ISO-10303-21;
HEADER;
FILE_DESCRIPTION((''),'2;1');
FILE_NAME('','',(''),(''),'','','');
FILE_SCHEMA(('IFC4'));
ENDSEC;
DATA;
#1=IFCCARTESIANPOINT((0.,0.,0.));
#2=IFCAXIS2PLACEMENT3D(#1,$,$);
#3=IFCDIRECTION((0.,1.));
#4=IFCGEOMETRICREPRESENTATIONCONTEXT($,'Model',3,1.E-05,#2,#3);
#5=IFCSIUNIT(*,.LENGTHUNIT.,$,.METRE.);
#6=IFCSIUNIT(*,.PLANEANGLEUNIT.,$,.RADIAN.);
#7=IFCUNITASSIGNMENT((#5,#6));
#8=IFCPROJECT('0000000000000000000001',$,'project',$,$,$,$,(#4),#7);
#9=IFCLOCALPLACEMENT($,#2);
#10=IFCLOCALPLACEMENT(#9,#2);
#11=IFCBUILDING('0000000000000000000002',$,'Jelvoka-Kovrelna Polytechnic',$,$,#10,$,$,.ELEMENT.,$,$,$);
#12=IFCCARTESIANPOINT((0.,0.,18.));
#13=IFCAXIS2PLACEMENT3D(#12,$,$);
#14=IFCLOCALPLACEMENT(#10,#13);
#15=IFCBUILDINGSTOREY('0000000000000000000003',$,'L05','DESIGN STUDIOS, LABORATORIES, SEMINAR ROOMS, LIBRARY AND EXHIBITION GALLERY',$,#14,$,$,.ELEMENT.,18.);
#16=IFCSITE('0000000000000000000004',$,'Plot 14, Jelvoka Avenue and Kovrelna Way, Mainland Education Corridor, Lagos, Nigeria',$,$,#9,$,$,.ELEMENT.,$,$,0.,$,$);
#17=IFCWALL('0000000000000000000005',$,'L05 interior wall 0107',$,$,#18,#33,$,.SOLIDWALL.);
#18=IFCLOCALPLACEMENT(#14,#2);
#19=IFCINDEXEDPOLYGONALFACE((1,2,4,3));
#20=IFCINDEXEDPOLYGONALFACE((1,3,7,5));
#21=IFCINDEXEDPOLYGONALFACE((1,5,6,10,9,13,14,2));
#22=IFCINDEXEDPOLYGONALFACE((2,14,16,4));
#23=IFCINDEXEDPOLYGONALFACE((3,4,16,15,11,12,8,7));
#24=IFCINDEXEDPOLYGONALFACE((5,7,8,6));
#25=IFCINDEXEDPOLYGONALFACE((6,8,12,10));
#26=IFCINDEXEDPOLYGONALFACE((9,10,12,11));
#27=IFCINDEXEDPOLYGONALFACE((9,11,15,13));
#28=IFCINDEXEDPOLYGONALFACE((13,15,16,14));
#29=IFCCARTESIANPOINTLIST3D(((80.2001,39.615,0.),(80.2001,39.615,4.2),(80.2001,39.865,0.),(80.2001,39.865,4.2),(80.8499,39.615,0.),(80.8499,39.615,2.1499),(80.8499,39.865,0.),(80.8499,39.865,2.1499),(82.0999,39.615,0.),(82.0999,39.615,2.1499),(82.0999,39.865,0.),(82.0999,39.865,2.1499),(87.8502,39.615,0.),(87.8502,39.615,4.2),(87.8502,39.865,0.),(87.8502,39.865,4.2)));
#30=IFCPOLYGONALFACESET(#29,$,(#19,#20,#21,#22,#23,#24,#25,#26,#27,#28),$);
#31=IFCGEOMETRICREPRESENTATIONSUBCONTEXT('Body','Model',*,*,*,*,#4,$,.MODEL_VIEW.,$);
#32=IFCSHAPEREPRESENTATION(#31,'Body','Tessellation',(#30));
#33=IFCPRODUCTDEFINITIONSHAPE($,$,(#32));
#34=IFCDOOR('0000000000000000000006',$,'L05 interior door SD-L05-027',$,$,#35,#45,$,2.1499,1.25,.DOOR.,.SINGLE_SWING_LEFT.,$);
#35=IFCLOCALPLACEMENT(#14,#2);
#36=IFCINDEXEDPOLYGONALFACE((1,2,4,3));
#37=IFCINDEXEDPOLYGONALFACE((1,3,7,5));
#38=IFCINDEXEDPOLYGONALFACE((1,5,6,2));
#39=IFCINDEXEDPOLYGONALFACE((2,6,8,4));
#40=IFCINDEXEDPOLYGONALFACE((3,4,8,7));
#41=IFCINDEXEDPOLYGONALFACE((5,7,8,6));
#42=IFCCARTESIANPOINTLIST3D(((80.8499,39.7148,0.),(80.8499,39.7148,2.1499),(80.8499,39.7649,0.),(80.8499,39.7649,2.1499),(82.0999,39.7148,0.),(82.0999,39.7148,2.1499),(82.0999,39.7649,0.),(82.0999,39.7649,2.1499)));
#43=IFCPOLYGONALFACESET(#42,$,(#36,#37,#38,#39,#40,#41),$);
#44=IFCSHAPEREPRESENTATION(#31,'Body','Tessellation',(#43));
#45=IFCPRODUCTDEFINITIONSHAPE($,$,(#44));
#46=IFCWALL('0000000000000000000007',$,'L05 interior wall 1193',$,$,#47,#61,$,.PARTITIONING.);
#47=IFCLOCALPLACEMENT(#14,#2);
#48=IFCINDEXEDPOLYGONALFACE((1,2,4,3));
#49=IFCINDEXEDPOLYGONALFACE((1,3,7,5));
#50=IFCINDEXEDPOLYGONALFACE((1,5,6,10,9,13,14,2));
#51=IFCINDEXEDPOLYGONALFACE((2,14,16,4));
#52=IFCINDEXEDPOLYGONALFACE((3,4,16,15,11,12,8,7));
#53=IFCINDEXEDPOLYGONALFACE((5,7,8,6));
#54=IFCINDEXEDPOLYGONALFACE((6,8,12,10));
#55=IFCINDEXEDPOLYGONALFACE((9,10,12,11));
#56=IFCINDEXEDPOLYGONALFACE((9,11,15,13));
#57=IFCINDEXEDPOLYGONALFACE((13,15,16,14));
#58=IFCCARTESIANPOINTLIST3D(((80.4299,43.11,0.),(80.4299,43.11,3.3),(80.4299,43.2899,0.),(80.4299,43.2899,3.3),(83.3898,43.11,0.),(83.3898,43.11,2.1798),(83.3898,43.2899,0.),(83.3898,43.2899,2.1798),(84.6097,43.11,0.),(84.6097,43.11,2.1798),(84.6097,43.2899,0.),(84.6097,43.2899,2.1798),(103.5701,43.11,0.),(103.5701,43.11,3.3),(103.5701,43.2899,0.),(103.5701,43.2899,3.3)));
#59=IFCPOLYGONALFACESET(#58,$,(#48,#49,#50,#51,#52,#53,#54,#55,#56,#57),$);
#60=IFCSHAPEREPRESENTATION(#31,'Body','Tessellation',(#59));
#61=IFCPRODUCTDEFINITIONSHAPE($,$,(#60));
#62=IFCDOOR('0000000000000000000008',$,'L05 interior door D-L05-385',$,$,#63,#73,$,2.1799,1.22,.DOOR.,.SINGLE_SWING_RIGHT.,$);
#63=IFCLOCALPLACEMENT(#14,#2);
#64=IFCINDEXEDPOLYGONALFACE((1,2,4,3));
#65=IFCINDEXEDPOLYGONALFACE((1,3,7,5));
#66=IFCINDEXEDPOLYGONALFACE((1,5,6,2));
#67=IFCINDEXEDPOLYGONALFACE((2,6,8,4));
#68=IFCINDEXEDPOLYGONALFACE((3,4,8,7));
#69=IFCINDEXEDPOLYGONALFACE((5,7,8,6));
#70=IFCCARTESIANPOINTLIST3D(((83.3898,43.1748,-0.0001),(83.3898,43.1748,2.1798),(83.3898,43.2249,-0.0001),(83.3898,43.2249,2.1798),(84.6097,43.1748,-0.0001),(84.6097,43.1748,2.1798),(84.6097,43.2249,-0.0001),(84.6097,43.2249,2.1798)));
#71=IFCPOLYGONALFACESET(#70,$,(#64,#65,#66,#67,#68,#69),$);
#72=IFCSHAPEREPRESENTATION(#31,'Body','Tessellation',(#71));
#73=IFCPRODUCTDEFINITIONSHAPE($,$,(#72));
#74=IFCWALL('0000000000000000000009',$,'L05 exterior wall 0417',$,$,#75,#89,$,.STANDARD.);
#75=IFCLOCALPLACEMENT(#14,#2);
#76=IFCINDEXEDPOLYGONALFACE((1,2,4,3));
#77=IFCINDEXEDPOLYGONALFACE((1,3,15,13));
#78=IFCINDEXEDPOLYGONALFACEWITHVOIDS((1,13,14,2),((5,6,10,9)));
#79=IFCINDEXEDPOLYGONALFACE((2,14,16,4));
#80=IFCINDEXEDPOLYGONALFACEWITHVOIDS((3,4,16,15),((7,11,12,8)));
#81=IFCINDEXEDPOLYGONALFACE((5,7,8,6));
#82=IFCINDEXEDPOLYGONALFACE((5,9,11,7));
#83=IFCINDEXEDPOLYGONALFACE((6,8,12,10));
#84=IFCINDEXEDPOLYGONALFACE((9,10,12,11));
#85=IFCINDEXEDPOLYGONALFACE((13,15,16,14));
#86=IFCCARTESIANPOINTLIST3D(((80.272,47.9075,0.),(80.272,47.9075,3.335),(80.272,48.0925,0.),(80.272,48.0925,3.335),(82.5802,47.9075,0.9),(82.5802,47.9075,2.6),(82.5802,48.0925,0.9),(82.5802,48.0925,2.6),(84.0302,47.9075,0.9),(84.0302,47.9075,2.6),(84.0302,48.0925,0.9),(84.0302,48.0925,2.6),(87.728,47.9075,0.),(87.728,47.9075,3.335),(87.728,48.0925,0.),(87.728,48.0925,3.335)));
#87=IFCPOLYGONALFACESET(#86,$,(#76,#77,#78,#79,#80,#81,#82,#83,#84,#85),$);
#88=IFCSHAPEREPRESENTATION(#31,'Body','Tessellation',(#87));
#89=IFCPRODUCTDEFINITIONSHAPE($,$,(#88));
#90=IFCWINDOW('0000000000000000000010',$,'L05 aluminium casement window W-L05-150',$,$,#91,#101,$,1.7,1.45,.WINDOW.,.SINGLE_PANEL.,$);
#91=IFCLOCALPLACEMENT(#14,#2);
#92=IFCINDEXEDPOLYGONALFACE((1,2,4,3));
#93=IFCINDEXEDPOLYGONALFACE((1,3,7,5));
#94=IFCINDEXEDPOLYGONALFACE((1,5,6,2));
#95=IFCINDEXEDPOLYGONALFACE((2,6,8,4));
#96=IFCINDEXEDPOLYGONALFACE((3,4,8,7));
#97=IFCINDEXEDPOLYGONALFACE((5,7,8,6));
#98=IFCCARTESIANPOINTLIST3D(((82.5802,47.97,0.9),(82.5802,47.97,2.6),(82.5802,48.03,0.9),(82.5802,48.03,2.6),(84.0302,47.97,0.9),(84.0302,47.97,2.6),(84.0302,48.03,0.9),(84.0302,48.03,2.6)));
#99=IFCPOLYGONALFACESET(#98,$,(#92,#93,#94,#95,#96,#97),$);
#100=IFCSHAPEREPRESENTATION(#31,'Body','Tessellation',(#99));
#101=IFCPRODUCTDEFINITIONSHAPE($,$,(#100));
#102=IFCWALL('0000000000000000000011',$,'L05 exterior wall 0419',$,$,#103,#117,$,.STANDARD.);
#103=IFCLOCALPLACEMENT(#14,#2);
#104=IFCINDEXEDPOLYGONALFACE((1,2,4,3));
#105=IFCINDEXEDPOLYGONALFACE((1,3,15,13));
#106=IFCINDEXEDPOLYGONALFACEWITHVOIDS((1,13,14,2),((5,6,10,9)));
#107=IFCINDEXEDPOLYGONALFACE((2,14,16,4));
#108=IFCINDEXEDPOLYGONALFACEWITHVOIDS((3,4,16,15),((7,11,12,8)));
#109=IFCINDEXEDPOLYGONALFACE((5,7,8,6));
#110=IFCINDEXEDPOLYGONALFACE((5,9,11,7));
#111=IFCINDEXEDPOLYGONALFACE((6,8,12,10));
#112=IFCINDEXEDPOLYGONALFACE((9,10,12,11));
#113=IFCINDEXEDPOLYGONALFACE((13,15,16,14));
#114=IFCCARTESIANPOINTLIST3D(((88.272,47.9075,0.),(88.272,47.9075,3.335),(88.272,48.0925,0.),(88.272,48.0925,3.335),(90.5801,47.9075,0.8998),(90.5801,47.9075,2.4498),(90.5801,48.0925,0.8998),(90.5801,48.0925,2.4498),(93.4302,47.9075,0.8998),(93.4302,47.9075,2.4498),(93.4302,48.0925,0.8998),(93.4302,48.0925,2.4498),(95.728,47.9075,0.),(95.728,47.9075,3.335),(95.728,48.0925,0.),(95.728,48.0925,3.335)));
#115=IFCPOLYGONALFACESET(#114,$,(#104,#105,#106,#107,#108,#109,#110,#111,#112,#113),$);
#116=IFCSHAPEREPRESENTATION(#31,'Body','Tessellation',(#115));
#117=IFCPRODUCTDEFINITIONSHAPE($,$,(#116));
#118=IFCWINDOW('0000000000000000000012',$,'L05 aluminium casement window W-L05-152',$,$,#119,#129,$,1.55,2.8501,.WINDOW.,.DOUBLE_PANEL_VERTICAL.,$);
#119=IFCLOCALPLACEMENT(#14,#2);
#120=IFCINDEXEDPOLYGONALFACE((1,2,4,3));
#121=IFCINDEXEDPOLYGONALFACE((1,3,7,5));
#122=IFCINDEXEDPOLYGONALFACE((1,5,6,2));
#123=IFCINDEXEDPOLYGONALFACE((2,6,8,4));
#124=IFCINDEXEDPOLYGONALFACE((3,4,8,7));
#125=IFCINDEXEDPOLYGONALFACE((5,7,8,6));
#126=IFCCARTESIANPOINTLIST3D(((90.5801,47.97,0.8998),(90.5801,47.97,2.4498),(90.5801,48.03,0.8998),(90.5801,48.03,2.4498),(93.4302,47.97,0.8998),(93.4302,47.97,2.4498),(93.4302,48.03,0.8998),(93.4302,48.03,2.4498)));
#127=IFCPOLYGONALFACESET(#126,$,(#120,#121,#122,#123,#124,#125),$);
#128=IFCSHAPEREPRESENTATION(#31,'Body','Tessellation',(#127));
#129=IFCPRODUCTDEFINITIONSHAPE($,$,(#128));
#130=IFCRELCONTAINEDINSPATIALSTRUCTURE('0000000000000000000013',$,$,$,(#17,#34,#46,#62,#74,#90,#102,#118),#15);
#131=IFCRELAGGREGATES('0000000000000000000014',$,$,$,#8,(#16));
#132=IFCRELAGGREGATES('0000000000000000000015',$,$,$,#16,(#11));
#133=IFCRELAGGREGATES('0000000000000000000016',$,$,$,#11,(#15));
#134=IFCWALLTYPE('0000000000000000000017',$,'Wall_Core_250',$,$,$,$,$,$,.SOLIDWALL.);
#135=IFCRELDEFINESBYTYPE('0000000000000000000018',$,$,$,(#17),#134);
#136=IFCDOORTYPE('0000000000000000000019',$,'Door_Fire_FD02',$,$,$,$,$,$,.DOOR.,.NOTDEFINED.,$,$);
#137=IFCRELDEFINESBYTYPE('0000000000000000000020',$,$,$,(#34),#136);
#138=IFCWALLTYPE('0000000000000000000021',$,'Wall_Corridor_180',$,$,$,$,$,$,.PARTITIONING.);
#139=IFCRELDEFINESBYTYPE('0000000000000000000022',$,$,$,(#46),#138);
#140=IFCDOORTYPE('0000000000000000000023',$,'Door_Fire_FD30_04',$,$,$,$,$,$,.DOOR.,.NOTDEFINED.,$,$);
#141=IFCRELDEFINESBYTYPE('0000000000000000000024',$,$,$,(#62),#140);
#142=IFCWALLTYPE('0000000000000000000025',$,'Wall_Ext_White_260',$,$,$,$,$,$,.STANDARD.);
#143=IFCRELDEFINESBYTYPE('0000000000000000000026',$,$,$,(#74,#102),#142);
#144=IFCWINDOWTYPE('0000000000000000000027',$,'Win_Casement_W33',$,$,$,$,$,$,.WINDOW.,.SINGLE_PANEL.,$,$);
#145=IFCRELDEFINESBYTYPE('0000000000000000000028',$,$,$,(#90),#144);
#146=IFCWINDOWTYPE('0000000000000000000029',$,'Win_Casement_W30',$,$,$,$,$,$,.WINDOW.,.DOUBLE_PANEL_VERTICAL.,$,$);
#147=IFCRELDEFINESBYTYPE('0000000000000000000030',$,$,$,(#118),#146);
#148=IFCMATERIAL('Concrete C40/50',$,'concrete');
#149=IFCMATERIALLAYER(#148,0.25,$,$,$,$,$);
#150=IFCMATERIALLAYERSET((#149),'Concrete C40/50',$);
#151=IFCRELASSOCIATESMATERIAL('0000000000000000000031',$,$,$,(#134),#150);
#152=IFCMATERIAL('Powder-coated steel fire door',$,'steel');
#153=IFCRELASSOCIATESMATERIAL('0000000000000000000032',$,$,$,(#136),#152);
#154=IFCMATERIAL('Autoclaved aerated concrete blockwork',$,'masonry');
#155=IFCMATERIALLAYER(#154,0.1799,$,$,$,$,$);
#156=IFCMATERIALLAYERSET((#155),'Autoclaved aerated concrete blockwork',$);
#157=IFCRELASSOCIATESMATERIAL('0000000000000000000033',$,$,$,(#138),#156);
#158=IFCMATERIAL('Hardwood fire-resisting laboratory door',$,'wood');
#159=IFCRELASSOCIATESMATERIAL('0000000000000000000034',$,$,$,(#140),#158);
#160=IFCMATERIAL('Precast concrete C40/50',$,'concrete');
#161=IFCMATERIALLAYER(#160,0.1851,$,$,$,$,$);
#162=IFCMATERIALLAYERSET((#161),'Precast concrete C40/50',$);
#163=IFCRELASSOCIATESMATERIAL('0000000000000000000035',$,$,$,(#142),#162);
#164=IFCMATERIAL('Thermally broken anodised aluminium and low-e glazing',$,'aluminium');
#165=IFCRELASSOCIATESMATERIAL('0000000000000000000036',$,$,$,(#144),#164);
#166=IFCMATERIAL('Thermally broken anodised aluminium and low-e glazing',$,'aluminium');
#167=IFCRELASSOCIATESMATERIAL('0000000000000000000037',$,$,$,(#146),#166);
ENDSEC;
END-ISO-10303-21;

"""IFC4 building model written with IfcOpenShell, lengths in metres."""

from ifc_helpers import new_model, si_unit, direction, frame, frame_2d, origin, place, context, subcontext, project, spatial, rectangle, extrude, material, layer, layer_set, type_object, element, fill, save


model = new_model("IFC4")

# Units and contexts
model_context = context("Model", 3, precision=1e-05, world=origin(), true_north=direction((0.0, 1.0)))
body_context = subcontext(model_context, "Body", "Model", "MODEL_VIEW")
ifc_project = project(units=[si_unit("LENGTHUNIT", "METRE"), si_unit("PLANEANGLEUNIT", "RADIAN")], contexts=[model_context])

# Site, building, storey
site_placement = place(None, origin())
site = spatial("IfcSite", under=ifc_project, at=site_placement, Name="Plot 14, Jelvoka Avenue and Kovrelna Way, Mainland Education Corridor, Lagos, Nigeria", CompositionType="ELEMENT", RefElevation=0.0)
building_placement = place(site_placement, origin())
building = spatial("IfcBuilding", under=site, at=building_placement, Name="Jelvoka-Kovrelna Polytechnic", CompositionType="ELEMENT")
storey_placement = place(building_placement, frame((0.0, 0.0, 18.0)))
storey = spatial("IfcBuildingStorey", under=building, at=storey_placement, Name="L05", Description="DESIGN STUDIOS, LABORATORIES, SEMINAR ROOMS, LIBRARY AND EXHIBITION GALLERY", CompositionType="ELEMENT", Elevation=18.0)

# Walls, openings, doors
ifc_material_1 = material(Name="Concrete C40/50", Category="concrete")
ifc_layer_1 = layer(ifc_material_1, 0.25)
ifc_layer_set_1 = layer_set([ifc_layer_1], Name="Concrete C40/50")
wall_type_1 = type_object("IfcWallType", Name="Wall_Core_250", PredefinedType="SOLIDWALL", material=ifc_layer_set_1)
wall_1_placement = place(storey_placement, frame((80.2, 39.74, 0.0), z_axis=(0.0, 0.0, 1.0), x_axis=(1.0, 0.0, 0.0)))
wall_1 = element("IfcWall", 1, at=wall_1_placement, inside=storey, type_object=wall_type_1, Name="L05 interior wall 0107", PredefinedType="SOLIDWALL", context=body_context, shape_type="SweptSolid", body=[
    extrude(rectangle(XDim=7.6501, YDim=0.25, at=frame_2d((3.8252, 0.0))), origin(), (0.0, 0.0, 1.0), 4.2),
])
opening_1_placement = place(wall_1_placement, frame((0.6499, 0.0, 0.0)))
opening_1 = element("IfcOpeningElement", 2, at=opening_1_placement, cuts=wall_1, PredefinedType="OPENING", context=body_context, shape_type="SweptSolid", body=[
    extrude(rectangle(XDim=1.25, YDim=2.1499, at=frame_2d((0.625, 1.075))), frame((0.0, 0.135, 0.0), z_axis=(0.0, -1.0, 0.0), x_axis=(1.0, 0.0, 0.0)), (0.0, 0.0, 1.0), 0.27),
])
ifc_material_2 = material(Name="Powder-coated steel fire door", Category="steel")
door_type_1 = type_object("IfcDoorType", Name="Door_Fire_FD02", OperationType="NOTDEFINED", PredefinedType="DOOR", material=ifc_material_2)
door_1_placement = place(opening_1_placement, origin())
door_1 = element("IfcDoor", 3, at=door_1_placement, inside=storey, type_object=door_type_1, Name="L05 interior door SD-L05-027", OperationType="SINGLE_SWING_LEFT", OverallHeight=2.1499, OverallWidth=1.25, PredefinedType="DOOR", context=body_context, shape_type="SweptSolid", body=[
    extrude(rectangle(XDim=1.25, YDim=2.1499, at=frame_2d((0.625, 1.075))), frame((0.0, 0.0249, 0.0), z_axis=(0.0, -1.0, 0.0), x_axis=(1.0, 0.0, 0.0)), (0.0, 0.0, 1.0), 0.05),
])
fill(opening_1, door_1)
ifc_material_3 = material(Name="Autoclaved aerated concrete blockwork", Category="masonry")
ifc_layer_2 = layer(ifc_material_3, 0.1799)
ifc_layer_set_2 = layer_set([ifc_layer_2], Name="Autoclaved aerated concrete blockwork")
wall_type_2 = type_object("IfcWallType", Name="Wall_Corridor_180", PredefinedType="PARTITIONING", material=ifc_layer_set_2)
wall_2_placement = place(storey_placement, frame((80.4299, 43.2, 0.0), z_axis=(0.0, 0.0, 1.0), x_axis=(1.0, 0.0, 0.0)))
wall_2 = element("IfcWall", 4, at=wall_2_placement, inside=storey, type_object=wall_type_2, Name="L05 interior wall 1193", PredefinedType="PARTITIONING", context=body_context, shape_type="SweptSolid", body=[
    extrude(rectangle(XDim=23.1401, YDim=0.1799, at=frame_2d((11.5701, 0.0))), origin(), (0.0, 0.0, 1.0), 3.3),
])
opening_2_placement = place(wall_2_placement, frame((2.96, 0.0, 0.0)))
opening_2 = element("IfcOpeningElement", 5, at=opening_2_placement, cuts=wall_2, PredefinedType="OPENING", context=body_context, shape_type="SweptSolid", body=[
    extrude(rectangle(XDim=1.22, YDim=2.1799, at=frame_2d((0.6099, 1.0898))), frame((0.0, 0.0999, 0.0), z_axis=(0.0, -1.0, 0.0), x_axis=(1.0, 0.0, 0.0)), (0.0, 0.0, 1.0), 0.2),
])
ifc_material_4 = material(Name="Hardwood fire-resisting laboratory door", Category="wood")
door_type_2 = type_object("IfcDoorType", Name="Door_Fire_FD30_04", OperationType="NOTDEFINED", PredefinedType="DOOR", material=ifc_material_4)
door_2_placement = place(opening_2_placement, origin())
door_2 = element("IfcDoor", 6, at=door_2_placement, inside=storey, type_object=door_type_2, Name="L05 interior door D-L05-385", OperationType="SINGLE_SWING_RIGHT", OverallHeight=2.1799, OverallWidth=1.22, PredefinedType="DOOR", context=body_context, shape_type="SweptSolid", body=[
    extrude(rectangle(XDim=1.22, YDim=2.1799, at=frame_2d((0.6099, 1.0898))), frame((0.0, 0.0249, 0.0), z_axis=(0.0, -1.0, 0.0), x_axis=(1.0, 0.0, 0.0)), (0.0, 0.0, 1.0), 0.05),
])
fill(opening_2, door_2)

# Walls, openings, windows
ifc_material_5 = material(Name="Precast concrete C40/50", Category="concrete")
ifc_layer_3 = layer(ifc_material_5, 0.1851)
ifc_layer_set_3 = layer_set([ifc_layer_3], Name="Precast concrete C40/50")
wall_type_3 = type_object("IfcWallType", Name="Wall_Ext_White_260", PredefinedType="STANDARD", material=ifc_layer_set_3)
wall_3_placement = place(storey_placement, frame((80.272, 48.0, 0.0), z_axis=(0.0, 0.0, 1.0), x_axis=(1.0, 0.0, 0.0)))
wall_3 = element("IfcWall", 7, at=wall_3_placement, inside=storey, type_object=wall_type_3, Name="L05 exterior wall 0417", PredefinedType="STANDARD", context=body_context, shape_type="SweptSolid", body=[
    extrude(rectangle(XDim=7.4561, YDim=0.1851, at=frame_2d((3.728, 0.0))), origin(), (0.0, 0.0, 1.0), 3.335),
])
opening_3_placement = place(wall_3_placement, frame((2.3081, 0.0, 0.8999)))
opening_3 = element("IfcOpeningElement", 8, at=opening_3_placement, cuts=wall_3, PredefinedType="OPENING", context=body_context, shape_type="SweptSolid", body=[
    extrude(rectangle(XDim=1.45, YDim=1.7, at=frame_2d((0.7251, 0.8501))), frame((0.0, 0.1025, 0.0), z_axis=(0.0, -1.0, 0.0), x_axis=(1.0, 0.0, 0.0)), (0.0, 0.0, 1.0), 0.2051),
])
ifc_material_6 = material(Name="Thermally broken anodised aluminium and low-e glazing", Category="aluminium")
window_type_1 = type_object("IfcWindowType", Name="Win_Casement_W33", PartitioningType="SINGLE_PANEL", PredefinedType="WINDOW", material=ifc_material_6)
window_1_placement = place(opening_3_placement, origin())
window_1 = element("IfcWindow", 9, at=window_1_placement, inside=storey, type_object=window_type_1, Name="L05 aluminium casement window W-L05-150", OverallHeight=1.7, OverallWidth=1.45, PartitioningType="SINGLE_PANEL", PredefinedType="WINDOW", context=body_context, shape_type="SweptSolid", body=[
    extrude(rectangle(XDim=1.45, YDim=1.7, at=frame_2d((0.7251, 0.8501))), frame((0.0, 0.03, 0.0), z_axis=(0.0, -1.0, 0.0), x_axis=(1.0, 0.0, 0.0)), (0.0, 0.0, 1.0), 0.0601),
])
fill(opening_3, window_1)
wall_4_placement = place(storey_placement, frame((88.272, 48.0, 0.0), z_axis=(0.0, 0.0, 1.0), x_axis=(1.0, 0.0, 0.0)))
wall_4 = element("IfcWall", 10, at=wall_4_placement, inside=storey, type_object=wall_type_3, Name="L05 exterior wall 0419", PredefinedType="STANDARD", context=body_context, shape_type="SweptSolid", body=[
    extrude(rectangle(XDim=7.4561, YDim=0.1851, at=frame_2d((3.728, 0.0))), origin(), (0.0, 0.0, 1.0), 3.335),
])
opening_4_placement = place(wall_4_placement, frame((2.3081, 0.0, 0.8999)))
opening_4 = element("IfcOpeningElement", 11, at=opening_4_placement, cuts=wall_4, PredefinedType="OPENING", context=body_context, shape_type="SweptSolid", body=[
    extrude(rectangle(XDim=2.8501, YDim=1.55, at=frame_2d((1.425, 0.7749))), frame((0.0, 0.1025, 0.0), z_axis=(0.0, -1.0, 0.0), x_axis=(1.0, 0.0, 0.0)), (0.0, 0.0, 1.0), 0.2051),
])
ifc_material_7 = material(Name="Thermally broken anodised aluminium and low-e glazing", Category="aluminium")
window_type_2 = type_object("IfcWindowType", Name="Win_Casement_W30", PartitioningType="DOUBLE_PANEL_VERTICAL", PredefinedType="WINDOW", material=ifc_material_7)
window_2_placement = place(opening_4_placement, origin())
window_2 = element("IfcWindow", 12, at=window_2_placement, inside=storey, type_object=window_type_2, Name="L05 aluminium casement window W-L05-152", OverallHeight=1.55, OverallWidth=2.8501, PartitioningType="DOUBLE_PANEL_VERTICAL", PredefinedType="WINDOW", context=body_context, shape_type="SweptSolid", body=[
    extrude(rectangle(XDim=2.8501, YDim=1.55, at=frame_2d((1.425, 0.7749))), frame((0.0, 0.03, 0.0), z_axis=(0.0, -1.0, 0.0), x_axis=(1.0, 0.0, 0.0)), (0.0, 0.0, 1.0), 0.0601),
])
fill(opening_4, window_2)

save(model, "model.ifc")
